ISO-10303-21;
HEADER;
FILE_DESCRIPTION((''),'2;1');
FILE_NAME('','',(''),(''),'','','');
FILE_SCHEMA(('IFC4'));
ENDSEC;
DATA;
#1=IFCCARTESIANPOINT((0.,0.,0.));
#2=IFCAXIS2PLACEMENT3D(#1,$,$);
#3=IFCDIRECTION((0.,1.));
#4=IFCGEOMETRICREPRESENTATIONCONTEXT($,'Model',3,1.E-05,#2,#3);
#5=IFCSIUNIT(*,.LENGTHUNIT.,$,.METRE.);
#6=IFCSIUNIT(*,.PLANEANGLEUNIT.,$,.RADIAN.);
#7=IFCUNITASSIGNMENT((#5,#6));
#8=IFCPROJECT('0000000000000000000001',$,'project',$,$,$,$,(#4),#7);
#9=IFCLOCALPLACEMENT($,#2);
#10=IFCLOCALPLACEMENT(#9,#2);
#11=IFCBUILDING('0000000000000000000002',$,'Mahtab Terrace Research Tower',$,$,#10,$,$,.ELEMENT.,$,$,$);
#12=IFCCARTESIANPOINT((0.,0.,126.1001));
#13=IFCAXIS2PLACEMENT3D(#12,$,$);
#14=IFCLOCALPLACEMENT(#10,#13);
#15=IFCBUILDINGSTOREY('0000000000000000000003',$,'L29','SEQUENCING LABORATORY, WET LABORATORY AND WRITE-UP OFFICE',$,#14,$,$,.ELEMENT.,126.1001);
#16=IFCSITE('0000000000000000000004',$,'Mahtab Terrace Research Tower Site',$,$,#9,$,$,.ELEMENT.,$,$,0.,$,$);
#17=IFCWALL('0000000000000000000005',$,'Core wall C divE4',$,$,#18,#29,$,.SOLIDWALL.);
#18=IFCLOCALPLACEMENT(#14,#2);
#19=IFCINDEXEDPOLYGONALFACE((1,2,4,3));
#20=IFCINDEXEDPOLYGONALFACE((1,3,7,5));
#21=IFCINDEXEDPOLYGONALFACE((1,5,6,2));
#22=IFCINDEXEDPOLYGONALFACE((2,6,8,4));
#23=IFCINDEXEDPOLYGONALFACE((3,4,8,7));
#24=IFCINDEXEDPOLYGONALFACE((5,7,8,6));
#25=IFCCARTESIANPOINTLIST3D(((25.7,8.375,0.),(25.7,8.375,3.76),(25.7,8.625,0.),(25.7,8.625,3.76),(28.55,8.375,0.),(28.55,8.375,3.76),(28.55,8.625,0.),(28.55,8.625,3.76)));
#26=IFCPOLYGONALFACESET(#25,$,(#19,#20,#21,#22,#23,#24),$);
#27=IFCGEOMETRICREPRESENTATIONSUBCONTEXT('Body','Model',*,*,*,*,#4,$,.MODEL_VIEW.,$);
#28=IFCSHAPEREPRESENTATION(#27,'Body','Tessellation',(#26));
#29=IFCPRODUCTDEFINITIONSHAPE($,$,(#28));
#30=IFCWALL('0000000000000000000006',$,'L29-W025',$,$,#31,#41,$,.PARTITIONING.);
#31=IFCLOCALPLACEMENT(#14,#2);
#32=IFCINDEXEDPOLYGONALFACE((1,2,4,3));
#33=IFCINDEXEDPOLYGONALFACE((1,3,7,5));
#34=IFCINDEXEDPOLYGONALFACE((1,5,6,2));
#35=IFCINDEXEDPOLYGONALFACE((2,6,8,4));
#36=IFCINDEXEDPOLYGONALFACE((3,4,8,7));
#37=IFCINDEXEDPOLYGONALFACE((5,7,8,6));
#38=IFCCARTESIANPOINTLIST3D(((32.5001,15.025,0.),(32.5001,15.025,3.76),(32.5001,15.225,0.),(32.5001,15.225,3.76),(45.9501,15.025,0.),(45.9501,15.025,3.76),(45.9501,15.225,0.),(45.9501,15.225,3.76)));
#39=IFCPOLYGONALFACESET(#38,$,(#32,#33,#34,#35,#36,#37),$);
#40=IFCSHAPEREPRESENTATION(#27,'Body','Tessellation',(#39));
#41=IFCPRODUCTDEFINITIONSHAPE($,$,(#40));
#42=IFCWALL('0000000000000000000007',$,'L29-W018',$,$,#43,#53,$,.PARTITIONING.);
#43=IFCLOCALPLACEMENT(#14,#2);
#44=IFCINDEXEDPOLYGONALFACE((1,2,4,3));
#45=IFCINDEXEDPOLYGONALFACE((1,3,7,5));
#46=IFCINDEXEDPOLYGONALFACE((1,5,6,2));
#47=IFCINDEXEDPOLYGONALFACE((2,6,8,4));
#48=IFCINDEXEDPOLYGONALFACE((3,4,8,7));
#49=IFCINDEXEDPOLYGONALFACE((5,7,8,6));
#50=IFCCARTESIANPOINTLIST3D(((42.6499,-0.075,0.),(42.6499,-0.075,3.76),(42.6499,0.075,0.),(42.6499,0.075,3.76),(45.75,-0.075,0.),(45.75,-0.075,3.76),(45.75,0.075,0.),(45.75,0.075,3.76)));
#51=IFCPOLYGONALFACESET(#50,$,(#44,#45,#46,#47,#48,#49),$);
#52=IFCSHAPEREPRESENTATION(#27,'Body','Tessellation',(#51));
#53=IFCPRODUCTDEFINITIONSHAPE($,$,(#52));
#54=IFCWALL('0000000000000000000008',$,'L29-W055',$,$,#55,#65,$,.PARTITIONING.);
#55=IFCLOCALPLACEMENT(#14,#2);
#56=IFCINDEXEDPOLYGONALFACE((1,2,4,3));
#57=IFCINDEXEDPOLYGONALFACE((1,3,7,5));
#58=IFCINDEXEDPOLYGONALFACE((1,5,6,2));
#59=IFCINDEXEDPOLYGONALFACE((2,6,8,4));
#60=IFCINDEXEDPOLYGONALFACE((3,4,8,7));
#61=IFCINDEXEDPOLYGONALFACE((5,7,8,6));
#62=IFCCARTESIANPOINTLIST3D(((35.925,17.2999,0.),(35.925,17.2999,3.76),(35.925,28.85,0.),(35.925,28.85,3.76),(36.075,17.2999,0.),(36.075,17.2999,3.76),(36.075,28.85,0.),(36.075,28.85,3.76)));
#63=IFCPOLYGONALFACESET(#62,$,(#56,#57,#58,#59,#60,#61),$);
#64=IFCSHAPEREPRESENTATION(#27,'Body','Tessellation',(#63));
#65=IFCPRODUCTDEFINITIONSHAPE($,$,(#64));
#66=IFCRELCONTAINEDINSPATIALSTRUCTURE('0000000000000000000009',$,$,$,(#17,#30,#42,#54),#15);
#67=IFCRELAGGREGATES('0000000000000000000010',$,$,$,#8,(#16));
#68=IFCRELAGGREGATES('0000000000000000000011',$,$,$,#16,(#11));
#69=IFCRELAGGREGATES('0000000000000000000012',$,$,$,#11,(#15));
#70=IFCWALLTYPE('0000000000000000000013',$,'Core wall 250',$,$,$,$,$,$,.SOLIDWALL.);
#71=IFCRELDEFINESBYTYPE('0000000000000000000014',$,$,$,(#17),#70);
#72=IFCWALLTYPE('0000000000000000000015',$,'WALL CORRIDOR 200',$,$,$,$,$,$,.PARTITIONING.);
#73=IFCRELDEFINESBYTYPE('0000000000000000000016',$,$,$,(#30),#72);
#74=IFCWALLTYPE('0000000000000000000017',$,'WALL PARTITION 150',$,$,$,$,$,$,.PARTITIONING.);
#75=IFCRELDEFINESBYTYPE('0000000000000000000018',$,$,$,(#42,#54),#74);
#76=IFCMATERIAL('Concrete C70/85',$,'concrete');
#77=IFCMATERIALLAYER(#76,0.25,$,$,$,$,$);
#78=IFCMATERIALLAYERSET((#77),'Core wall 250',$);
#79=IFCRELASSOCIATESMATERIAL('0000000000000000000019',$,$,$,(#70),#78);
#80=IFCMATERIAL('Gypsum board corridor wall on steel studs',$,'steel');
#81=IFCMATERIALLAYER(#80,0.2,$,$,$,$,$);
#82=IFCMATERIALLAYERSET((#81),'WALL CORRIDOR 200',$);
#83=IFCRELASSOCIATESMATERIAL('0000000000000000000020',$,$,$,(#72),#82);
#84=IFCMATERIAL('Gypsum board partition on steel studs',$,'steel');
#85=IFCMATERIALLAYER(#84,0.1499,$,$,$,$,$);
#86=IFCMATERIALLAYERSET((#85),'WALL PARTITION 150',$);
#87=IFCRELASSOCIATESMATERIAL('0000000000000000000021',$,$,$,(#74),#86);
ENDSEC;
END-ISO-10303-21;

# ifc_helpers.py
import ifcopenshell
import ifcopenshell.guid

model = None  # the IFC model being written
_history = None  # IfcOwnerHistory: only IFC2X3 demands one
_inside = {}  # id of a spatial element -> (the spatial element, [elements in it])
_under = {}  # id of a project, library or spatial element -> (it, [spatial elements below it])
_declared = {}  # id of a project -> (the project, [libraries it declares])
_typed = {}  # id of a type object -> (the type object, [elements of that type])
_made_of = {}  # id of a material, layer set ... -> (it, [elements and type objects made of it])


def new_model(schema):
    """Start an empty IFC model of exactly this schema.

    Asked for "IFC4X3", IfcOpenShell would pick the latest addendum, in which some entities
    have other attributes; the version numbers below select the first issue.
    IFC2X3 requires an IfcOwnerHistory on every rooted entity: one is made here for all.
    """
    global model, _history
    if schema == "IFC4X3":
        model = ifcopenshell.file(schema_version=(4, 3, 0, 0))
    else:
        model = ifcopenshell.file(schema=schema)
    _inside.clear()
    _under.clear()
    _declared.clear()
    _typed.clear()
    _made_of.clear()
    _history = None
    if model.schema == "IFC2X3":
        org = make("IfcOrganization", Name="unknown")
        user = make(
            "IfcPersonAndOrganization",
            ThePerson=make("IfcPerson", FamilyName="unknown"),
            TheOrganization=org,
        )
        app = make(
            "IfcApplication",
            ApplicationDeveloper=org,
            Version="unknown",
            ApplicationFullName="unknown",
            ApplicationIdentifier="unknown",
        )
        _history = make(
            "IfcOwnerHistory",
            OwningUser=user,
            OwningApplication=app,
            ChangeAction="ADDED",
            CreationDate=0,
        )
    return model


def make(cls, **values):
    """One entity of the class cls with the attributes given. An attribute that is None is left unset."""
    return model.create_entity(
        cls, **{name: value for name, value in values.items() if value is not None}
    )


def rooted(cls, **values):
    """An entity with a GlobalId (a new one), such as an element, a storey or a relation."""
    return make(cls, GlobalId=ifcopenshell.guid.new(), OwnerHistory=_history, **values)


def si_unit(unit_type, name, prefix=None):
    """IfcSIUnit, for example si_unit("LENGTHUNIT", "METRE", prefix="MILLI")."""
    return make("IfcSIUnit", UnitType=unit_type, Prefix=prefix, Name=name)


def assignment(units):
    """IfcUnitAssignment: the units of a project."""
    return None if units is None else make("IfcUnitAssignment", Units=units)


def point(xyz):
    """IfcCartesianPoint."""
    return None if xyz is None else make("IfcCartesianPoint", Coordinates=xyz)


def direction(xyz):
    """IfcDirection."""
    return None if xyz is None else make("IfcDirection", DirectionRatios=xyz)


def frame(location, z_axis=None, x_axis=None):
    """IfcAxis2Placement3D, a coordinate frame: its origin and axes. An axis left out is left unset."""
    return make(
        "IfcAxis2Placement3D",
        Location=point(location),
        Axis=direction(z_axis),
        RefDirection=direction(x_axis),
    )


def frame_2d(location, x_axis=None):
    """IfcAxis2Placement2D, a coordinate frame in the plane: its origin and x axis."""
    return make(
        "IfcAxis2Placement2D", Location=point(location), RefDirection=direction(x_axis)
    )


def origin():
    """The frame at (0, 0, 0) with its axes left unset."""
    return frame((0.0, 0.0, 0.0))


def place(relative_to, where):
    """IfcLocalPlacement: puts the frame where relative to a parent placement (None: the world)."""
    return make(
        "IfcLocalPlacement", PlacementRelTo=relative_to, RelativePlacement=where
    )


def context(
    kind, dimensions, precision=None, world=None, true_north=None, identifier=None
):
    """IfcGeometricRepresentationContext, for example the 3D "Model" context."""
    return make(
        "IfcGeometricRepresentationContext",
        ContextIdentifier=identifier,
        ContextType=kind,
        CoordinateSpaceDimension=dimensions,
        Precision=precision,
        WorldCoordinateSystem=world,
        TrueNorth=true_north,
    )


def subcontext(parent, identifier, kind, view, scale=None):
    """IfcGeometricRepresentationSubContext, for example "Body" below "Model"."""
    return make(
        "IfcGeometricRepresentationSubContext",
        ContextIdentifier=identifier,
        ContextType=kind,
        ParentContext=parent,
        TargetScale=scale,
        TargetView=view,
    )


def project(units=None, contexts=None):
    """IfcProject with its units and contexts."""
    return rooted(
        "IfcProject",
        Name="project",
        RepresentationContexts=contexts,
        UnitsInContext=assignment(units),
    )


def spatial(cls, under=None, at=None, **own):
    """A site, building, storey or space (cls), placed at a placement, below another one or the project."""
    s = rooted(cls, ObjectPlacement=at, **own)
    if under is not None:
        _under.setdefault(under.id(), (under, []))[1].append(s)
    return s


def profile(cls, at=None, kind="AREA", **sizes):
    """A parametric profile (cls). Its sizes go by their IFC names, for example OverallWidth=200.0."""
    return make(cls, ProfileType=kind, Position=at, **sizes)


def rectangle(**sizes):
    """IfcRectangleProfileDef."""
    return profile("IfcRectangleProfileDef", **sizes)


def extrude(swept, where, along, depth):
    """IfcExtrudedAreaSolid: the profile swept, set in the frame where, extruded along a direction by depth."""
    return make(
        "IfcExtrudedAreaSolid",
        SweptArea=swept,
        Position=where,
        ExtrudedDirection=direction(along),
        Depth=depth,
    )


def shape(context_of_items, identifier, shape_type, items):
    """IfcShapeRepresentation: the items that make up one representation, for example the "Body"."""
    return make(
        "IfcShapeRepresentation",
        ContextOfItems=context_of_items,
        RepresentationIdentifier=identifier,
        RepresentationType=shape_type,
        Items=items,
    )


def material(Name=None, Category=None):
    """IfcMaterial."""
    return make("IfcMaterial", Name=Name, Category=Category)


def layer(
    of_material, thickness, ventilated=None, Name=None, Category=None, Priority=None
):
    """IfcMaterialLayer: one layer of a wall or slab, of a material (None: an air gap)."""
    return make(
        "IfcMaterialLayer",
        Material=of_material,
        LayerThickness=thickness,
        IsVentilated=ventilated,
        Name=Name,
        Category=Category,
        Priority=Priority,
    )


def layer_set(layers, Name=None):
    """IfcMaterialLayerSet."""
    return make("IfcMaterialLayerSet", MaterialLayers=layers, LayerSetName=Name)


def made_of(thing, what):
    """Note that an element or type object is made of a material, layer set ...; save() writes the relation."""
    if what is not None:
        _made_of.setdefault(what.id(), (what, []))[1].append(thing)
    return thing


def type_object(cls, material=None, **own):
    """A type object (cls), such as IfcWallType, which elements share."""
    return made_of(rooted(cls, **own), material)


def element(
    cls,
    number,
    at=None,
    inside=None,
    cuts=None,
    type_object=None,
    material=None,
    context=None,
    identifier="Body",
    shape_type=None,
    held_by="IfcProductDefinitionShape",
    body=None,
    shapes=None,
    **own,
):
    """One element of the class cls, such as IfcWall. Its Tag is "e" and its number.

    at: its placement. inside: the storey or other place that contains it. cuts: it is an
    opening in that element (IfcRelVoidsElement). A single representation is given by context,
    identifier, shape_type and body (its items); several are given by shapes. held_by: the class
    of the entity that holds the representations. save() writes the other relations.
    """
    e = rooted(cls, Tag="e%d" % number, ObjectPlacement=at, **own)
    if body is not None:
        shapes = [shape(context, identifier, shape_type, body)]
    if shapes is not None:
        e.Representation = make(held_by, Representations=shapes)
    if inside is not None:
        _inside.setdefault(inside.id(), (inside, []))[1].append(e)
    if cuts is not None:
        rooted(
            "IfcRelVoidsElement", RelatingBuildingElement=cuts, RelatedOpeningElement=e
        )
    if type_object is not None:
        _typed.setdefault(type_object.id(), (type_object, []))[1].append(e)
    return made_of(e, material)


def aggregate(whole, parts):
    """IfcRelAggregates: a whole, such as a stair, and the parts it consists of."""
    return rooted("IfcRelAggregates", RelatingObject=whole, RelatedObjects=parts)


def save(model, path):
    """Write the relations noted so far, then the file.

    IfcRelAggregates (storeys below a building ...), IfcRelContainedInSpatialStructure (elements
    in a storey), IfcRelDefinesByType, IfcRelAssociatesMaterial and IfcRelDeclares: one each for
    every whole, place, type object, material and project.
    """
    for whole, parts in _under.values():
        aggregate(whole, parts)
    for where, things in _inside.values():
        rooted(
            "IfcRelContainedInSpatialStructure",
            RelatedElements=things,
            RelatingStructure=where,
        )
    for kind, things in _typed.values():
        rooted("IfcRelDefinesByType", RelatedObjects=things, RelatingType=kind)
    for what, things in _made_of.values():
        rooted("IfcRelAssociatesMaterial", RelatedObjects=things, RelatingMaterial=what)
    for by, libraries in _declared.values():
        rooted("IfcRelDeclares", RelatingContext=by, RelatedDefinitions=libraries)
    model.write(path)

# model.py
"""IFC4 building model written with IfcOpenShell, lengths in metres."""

from ifc_helpers import new_model, si_unit, direction, frame, frame_2d, origin, place, context, subcontext, project, spatial, rectangle, extrude, material, layer, layer_set, type_object, element, save


model = new_model("IFC4")

# Units and contexts
model_context = context("Model", 3, precision=1e-05, world=origin(), true_north=direction((0.0, 1.0)))
body_context = subcontext(model_context, "Body", "Model", "MODEL_VIEW")
ifc_project = project(units=[si_unit("LENGTHUNIT", "METRE"), si_unit("PLANEANGLEUNIT", "RADIAN")], contexts=[model_context])

# Site, building, storey
site_placement = place(None, origin())
site = spatial("IfcSite", under=ifc_project, at=site_placement, Name="Mahtab Terrace Research Tower Site", CompositionType="ELEMENT", RefElevation=0.0)
building_placement = place(site_placement, origin())
building = spatial("IfcBuilding", under=site, at=building_placement, Name="Mahtab Terrace Research Tower", CompositionType="ELEMENT")
storey_placement = place(building_placement, frame((0.0, 0.0, 126.1001)))
storey = spatial("IfcBuildingStorey", under=building, at=storey_placement, Name="L29", Description="SEQUENCING LABORATORY, WET LABORATORY AND WRITE-UP OFFICE", CompositionType="ELEMENT", Elevation=126.1001)

# Shared definitions
ifc_material_1 = material(Name="Concrete C70/85", Category="concrete")

# Shared definitions
ifc_layer_1 = layer(ifc_material_1, 0.25)
ifc_layer_set_1 = layer_set([ifc_layer_1], Name="Core wall 250")
wall_type_1 = type_object("IfcWallType", Name="Core wall 250", PredefinedType="SOLIDWALL", material=ifc_layer_set_1)

# Walls
for number, where, z_axis, x_axis, name in (
    (1, (25.7, 8.5, 0.0), (0.0, 0.0, 1.0), (1.0, 0.0, 0.0), "Core wall C divE4"),
):
    element("IfcWall", number, at=place(storey_placement, frame(where, z_axis=z_axis, x_axis=x_axis)), inside=storey, type_object=wall_type_1, Name=name, PredefinedType="SOLIDWALL", context=body_context, shape_type="SweptSolid", body=[
        extrude(rectangle(XDim=2.8501, YDim=0.25, at=frame_2d((1.425, 0.0))), origin(), (0.0, 0.0, 1.0), 3.76),
    ])
ifc_material_2 = material(Name="Gypsum board corridor wall on steel studs", Category="steel")
ifc_layer_2 = layer(ifc_material_2, 0.2)
ifc_layer_set_2 = layer_set([ifc_layer_2], Name="WALL CORRIDOR 200")
wall_type_2 = type_object("IfcWallType", Name="WALL CORRIDOR 200", PredefinedType="PARTITIONING", material=ifc_layer_set_2)
wall_1_placement = place(storey_placement, frame((32.5, 15.125, 0.0), z_axis=(0.0, 0.0, 1.0), x_axis=(1.0, 0.0, 0.0)))
element("IfcWall", 2, at=wall_1_placement, inside=storey, type_object=wall_type_2, Name="L29-W025", PredefinedType="PARTITIONING", context=body_context, shape_type="SweptSolid", body=[
    extrude(rectangle(XDim=13.45, YDim=0.2, at=frame_2d((6.7251, 0.0))), origin(), (0.0, 0.0, 1.0), 3.76),
])
ifc_material_3 = material(Name="Gypsum board partition on steel studs", Category="steel")
ifc_layer_3 = layer(ifc_material_3, 0.1499)
ifc_layer_set_3 = layer_set([ifc_layer_3], Name="WALL PARTITION 150")
wall_type_3 = type_object("IfcWallType", Name="WALL PARTITION 150", PredefinedType="PARTITIONING", material=ifc_layer_set_3)
wall_2_placement = place(storey_placement, frame((42.6499, 0.0, 0.0), z_axis=(0.0, 0.0, 1.0), x_axis=(1.0, 0.0, 0.0)))
element("IfcWall", 3, at=wall_2_placement, inside=storey, type_object=wall_type_3, Name="L29-W018", PredefinedType="PARTITIONING", context=body_context, shape_type="SweptSolid", body=[
    extrude(rectangle(XDim=3.1001, YDim=0.1499, at=frame_2d((1.55, 0.0))), origin(), (0.0, 0.0, 1.0), 3.76),
])
wall_3_placement = place(storey_placement, frame((36.0, 17.3, 0.0), z_axis=(0.0, 0.0, 1.0), x_axis=(0.0, 1.0, 0.0)))
element("IfcWall", 4, at=wall_3_placement, inside=storey, type_object=wall_type_3, Name="L29-W055", PredefinedType="PARTITIONING", context=body_context, shape_type="SweptSolid", body=[
    extrude(rectangle(XDim=11.55, YDim=0.1499, at=frame_2d((5.7749, 0.0))), origin(), (0.0, 0.0, 1.0), 3.76),
])

save(model, "model.ifc")
